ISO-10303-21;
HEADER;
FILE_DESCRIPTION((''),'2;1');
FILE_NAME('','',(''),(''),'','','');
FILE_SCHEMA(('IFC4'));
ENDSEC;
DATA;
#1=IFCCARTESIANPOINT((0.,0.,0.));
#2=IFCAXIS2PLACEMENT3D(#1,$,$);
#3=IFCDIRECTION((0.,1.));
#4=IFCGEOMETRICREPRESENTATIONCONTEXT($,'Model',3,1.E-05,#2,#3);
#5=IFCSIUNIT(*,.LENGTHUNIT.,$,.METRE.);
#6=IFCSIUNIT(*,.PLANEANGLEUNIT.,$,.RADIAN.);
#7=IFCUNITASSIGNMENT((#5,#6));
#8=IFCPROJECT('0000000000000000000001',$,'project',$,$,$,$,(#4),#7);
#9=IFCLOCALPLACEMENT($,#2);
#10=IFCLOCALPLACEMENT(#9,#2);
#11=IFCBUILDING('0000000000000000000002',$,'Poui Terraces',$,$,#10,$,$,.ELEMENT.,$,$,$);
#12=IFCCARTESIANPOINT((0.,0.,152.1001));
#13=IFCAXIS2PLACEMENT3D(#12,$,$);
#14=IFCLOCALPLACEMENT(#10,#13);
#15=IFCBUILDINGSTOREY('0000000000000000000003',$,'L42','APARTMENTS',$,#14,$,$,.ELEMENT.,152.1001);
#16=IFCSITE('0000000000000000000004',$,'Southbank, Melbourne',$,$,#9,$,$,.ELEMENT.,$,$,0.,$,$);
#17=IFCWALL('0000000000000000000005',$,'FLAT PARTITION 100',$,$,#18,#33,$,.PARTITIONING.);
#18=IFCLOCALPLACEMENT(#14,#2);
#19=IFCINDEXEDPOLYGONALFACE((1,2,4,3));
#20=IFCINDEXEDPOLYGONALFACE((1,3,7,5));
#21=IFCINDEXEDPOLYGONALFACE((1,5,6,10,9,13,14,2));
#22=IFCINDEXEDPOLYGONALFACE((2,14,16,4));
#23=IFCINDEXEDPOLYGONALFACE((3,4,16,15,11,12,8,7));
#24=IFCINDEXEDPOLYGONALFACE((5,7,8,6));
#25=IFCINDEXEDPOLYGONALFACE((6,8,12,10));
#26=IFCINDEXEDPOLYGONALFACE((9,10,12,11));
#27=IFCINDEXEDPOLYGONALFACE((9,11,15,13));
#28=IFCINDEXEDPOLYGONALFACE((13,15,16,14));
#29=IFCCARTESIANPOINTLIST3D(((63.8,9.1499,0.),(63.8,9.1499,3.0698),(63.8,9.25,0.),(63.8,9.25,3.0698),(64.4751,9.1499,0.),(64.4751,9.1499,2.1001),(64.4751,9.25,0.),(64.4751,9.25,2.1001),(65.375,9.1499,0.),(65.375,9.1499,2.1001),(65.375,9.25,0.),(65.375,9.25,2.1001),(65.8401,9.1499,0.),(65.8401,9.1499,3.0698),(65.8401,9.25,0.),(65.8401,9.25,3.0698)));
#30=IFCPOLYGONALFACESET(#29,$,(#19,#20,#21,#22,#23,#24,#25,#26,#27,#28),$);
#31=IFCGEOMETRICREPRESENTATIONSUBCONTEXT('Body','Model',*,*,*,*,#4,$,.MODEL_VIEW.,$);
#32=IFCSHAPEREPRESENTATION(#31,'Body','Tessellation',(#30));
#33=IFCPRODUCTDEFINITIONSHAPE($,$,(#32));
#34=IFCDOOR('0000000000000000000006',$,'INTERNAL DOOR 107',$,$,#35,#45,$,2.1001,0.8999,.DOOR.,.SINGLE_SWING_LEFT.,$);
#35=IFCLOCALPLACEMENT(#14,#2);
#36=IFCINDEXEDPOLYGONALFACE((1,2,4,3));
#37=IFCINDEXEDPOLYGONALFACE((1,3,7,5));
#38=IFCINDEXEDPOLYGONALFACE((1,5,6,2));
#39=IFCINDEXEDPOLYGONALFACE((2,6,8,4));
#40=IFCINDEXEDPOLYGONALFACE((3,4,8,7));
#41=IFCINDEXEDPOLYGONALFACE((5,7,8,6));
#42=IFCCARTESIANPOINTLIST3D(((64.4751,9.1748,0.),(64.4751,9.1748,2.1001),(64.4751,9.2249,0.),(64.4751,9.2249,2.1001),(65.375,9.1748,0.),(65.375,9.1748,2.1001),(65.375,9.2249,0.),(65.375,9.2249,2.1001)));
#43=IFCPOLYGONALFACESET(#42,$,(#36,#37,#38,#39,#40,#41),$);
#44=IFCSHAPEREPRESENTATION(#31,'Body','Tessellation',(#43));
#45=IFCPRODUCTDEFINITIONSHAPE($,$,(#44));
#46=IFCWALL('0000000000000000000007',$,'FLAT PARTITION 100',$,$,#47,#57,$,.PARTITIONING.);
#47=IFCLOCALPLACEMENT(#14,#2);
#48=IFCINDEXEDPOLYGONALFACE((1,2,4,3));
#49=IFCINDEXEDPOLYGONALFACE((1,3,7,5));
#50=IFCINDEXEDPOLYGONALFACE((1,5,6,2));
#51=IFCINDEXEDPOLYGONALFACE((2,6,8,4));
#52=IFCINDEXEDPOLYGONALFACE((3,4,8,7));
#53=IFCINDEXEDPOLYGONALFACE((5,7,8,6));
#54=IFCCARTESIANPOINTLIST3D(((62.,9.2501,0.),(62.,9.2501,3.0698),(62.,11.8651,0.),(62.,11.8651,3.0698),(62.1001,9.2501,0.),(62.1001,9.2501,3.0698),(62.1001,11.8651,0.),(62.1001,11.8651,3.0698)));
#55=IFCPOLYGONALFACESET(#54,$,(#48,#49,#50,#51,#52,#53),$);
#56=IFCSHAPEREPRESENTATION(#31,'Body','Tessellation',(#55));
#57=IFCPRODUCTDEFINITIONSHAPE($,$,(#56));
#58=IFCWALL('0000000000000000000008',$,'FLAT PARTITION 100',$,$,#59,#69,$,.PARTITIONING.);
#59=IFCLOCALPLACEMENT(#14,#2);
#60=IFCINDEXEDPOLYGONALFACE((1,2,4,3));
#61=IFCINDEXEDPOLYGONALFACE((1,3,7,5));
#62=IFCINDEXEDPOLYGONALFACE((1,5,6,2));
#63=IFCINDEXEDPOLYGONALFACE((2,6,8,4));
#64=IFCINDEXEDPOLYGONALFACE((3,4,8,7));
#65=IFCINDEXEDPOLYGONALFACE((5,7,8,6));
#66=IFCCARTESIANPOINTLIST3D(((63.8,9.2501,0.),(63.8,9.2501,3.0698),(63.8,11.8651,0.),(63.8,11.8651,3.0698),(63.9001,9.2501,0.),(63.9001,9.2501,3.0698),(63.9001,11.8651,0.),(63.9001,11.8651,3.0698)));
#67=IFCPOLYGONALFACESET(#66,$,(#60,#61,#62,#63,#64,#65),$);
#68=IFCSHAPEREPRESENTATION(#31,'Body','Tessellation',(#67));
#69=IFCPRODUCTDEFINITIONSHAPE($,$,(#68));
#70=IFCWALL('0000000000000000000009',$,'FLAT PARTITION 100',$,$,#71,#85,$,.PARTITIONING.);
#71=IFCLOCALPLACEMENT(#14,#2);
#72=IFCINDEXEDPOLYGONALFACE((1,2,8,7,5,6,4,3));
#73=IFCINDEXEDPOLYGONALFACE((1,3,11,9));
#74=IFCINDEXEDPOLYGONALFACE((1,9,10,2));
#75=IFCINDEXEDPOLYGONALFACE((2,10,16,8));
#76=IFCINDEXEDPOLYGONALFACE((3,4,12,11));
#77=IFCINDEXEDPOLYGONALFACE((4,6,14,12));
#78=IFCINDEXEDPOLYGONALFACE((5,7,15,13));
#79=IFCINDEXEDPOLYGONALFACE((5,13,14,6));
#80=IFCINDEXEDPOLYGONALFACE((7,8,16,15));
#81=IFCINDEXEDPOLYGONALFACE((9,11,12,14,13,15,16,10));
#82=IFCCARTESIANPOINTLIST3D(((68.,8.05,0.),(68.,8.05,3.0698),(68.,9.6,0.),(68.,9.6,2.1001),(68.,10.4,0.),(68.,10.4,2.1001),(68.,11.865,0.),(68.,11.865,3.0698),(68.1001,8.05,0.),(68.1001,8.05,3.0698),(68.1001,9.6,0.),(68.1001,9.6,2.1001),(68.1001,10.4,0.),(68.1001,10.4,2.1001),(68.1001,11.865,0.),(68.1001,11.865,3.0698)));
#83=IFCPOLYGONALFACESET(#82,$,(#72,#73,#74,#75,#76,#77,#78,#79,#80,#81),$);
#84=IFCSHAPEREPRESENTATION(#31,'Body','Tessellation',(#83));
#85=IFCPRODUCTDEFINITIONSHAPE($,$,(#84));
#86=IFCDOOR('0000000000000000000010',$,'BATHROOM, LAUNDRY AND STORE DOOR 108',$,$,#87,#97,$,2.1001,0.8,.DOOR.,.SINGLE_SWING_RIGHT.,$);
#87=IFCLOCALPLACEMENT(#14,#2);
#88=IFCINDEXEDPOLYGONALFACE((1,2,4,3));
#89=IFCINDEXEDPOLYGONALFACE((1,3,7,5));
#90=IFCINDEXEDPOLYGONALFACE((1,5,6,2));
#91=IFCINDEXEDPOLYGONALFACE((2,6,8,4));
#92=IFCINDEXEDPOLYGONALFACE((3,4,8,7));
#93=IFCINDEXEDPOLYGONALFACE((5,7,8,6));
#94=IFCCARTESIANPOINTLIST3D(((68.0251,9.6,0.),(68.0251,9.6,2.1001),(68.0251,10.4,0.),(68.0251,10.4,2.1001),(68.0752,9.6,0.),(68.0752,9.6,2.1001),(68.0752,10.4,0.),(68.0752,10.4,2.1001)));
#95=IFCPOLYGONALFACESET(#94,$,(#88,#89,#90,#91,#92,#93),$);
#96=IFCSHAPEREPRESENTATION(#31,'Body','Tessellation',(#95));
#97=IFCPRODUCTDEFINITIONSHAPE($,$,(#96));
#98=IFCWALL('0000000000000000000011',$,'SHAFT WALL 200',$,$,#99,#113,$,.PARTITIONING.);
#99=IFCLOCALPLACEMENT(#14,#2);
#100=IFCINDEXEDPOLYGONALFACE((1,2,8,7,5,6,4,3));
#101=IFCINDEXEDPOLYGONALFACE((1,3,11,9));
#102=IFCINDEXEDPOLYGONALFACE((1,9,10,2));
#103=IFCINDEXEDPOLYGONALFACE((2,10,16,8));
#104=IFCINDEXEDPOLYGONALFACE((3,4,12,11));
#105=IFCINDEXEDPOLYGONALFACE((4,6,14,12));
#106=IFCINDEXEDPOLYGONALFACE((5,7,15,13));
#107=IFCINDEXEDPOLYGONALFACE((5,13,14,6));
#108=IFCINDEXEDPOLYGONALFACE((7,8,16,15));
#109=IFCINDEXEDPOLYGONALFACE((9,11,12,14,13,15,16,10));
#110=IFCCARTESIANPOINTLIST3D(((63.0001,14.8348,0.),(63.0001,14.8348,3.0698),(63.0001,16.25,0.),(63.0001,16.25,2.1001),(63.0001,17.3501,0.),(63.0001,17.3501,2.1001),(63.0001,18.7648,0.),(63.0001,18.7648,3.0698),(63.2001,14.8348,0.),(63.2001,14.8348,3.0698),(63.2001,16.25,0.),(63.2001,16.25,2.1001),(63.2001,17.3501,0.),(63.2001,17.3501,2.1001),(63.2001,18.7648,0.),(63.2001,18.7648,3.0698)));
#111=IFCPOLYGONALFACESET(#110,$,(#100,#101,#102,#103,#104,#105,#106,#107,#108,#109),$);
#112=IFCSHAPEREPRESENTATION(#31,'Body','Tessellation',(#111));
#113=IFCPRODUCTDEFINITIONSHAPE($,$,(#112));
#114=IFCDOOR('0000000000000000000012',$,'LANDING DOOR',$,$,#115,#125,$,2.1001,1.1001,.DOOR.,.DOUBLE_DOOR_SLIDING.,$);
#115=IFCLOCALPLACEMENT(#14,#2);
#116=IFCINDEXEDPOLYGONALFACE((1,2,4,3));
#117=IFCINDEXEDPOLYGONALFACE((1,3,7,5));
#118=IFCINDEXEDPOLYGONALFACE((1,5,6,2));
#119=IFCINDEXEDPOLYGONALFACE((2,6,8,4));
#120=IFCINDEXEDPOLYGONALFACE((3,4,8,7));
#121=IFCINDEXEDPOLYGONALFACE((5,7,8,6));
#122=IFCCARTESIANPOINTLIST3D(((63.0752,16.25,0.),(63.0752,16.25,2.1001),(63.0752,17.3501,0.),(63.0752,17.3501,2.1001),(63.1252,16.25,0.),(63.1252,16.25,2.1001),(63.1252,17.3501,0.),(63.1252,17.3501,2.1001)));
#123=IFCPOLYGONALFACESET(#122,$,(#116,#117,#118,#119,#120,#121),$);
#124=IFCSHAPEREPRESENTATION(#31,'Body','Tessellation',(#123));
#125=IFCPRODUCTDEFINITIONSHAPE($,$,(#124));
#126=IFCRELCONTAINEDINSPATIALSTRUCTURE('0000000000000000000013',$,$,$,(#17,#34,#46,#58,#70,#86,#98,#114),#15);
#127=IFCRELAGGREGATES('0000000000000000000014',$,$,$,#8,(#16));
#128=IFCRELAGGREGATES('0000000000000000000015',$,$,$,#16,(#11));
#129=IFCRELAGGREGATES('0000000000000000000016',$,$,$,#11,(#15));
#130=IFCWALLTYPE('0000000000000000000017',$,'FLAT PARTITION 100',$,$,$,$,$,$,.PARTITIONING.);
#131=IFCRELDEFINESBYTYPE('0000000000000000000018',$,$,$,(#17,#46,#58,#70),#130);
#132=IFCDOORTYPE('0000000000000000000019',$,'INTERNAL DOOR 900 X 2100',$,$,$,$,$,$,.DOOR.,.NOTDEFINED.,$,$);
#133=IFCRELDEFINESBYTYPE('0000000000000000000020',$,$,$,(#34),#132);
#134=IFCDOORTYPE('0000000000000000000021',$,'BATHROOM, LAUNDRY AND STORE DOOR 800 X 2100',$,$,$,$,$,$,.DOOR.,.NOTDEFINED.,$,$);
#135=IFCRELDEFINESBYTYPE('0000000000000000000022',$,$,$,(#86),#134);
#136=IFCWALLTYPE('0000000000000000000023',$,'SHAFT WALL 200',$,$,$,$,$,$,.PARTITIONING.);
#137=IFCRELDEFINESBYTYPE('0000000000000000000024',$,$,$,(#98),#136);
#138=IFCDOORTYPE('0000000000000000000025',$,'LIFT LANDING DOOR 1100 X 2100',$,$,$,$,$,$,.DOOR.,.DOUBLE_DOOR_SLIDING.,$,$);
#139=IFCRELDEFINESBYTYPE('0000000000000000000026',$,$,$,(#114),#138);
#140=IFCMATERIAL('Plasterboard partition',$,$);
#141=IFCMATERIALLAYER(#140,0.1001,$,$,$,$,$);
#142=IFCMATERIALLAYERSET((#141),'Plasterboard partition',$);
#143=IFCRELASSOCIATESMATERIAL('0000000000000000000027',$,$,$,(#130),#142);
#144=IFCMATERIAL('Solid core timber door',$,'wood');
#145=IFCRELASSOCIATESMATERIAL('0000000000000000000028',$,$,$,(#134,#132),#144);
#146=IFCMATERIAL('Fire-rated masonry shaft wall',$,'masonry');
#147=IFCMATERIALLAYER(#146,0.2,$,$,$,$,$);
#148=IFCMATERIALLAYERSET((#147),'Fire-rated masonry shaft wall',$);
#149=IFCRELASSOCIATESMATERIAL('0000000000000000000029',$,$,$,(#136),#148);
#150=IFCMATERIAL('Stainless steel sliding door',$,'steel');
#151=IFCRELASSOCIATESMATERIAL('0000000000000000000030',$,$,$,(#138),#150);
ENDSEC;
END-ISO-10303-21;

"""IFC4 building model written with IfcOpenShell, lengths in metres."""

from ifc_helpers import new_model, si_unit, direction, frame, frame_2d, origin, place, context, subcontext, project, spatial, rectangle, extrude, material, layer, layer_set, type_object, element, fill, save


model = new_model("IFC4")

# Units and contexts
model_context = context("Model", 3, precision=1e-05, world=origin(), true_north=direction((0.0, 1.0)))
body_context = subcontext(model_context, "Body", "Model", "MODEL_VIEW")
ifc_project = project(units=[si_unit("LENGTHUNIT", "METRE"), si_unit("PLANEANGLEUNIT", "RADIAN")], contexts=[model_context])

# Site, building, storey
site_placement = place(None, origin())
site = spatial("IfcSite", under=ifc_project, at=site_placement, Name="Southbank, Melbourne", CompositionType="ELEMENT", RefElevation=0.0)
building_placement = place(site_placement, origin())
building = spatial("IfcBuilding", under=site, at=building_placement, Name="Poui Terraces", CompositionType="ELEMENT")
storey_placement = place(building_placement, frame((0.0, 0.0, 152.1001)))
storey = spatial("IfcBuildingStorey", under=building, at=storey_placement, Name="L42", Description="APARTMENTS", CompositionType="ELEMENT", Elevation=152.1001)

# Wall, opening, door
ifc_material_1 = material(Name="Plasterboard partition")
ifc_layer_1 = layer(ifc_material_1, 0.1001)
ifc_layer_set_1 = layer_set([ifc_layer_1], Name="Plasterboard partition")
wall_type_1 = type_object("IfcWallType", Name="FLAT PARTITION 100", PredefinedType="PARTITIONING", material=ifc_layer_set_1)
ifc_material_2 = material(Name="Solid core timber door", Category="wood")
door_type_1 = type_object("IfcDoorType", Name="BATHROOM, LAUNDRY AND STORE DOOR 800 X 2100", OperationType="NOTDEFINED", PredefinedType="DOOR", material=ifc_material_2)
wall_1_placement = place(storey_placement, frame((63.8, 9.2, 0.0), z_axis=(0.0, 0.0, 1.0), x_axis=(1.0, 0.0, 0.0)))
wall_1 = element("IfcWall", 1, at=wall_1_placement, inside=storey, type_object=wall_type_1, Name="FLAT PARTITION 100", PredefinedType="PARTITIONING", context=body_context, shape_type="SweptSolid", body=[
    extrude(rectangle(XDim=2.04, YDim=0.1001, at=frame_2d((1.02, 0.0))), origin(), (0.0, 0.0, 1.0), 3.0698),
])
opening_1_placement = place(wall_1_placement, frame((0.675, 0.0, 0.0)))
opening_1 = element("IfcOpeningElement", 2, at=opening_1_placement, cuts=wall_1, PredefinedType="OPENING", context=body_context, shape_type="SweptSolid", body=[
    extrude(rectangle(XDim=0.8999, YDim=2.1001, at=frame_2d((0.45, 1.05))), frame((0.0, 0.0601, 0.0), z_axis=(0.0, -1.0, 0.0), x_axis=(1.0, 0.0, 0.0)), (0.0, 0.0, 1.0), 0.1201),
])
door_type_2 = type_object("IfcDoorType", Name="INTERNAL DOOR 900 X 2100", OperationType="NOTDEFINED", PredefinedType="DOOR", material=ifc_material_2)
door_1_placement = place(opening_1_placement, origin())
door_1 = element("IfcDoor", 3, at=door_1_placement, inside=storey, type_object=door_type_2, Name="INTERNAL DOOR 107", OperationType="SINGLE_SWING_LEFT", OverallHeight=2.1001, OverallWidth=0.8999, PredefinedType="DOOR", context=body_context, shape_type="SweptSolid", body=[
    extrude(rectangle(XDim=0.8999, YDim=2.1001, at=frame_2d((0.45, 1.05))), frame((0.0, 0.0249, 0.0), z_axis=(0.0, -1.0, 0.0), x_axis=(1.0, 0.0, 0.0)), (0.0, 0.0, 1.0), 0.05),
])
fill(opening_1, door_1)

# Walls
for number, where, z_axis, x_axis, name in (
    (4, (62.05, 9.25, 0.0), (0.0, 0.0, 1.0), (0.0, 1.0, 0.0), "FLAT PARTITION 100"),
    (5, (63.8501, 9.25, 0.0), (0.0, 0.0, 1.0), (0.0, 1.0, 0.0), "FLAT PARTITION 100"),
):
    element("IfcWall", number, at=place(storey_placement, frame(where, z_axis=z_axis, x_axis=x_axis)), inside=storey, type_object=wall_type_1, Name=name, PredefinedType="PARTITIONING", context=body_context, shape_type="SweptSolid", body=[
        extrude(rectangle(XDim=2.615, YDim=0.1001, at=frame_2d((1.3076, 0.0))), origin(), (0.0, 0.0, 1.0), 3.0698),
    ])

# Wall, opening, door
wall_2_placement = place(storey_placement, frame((68.05, 8.05, 0.0), z_axis=(0.0, 0.0, 1.0), x_axis=(0.0, 1.0, 0.0)))
wall_2 = element("IfcWall", 6, at=wall_2_placement, inside=storey, type_object=wall_type_1, Name="FLAT PARTITION 100", PredefinedType="PARTITIONING", context=body_context, shape_type="SweptSolid", body=[
    extrude(rectangle(XDim=3.8149, YDim=0.1001, at=frame_2d((1.9075, 0.0))), origin(), (0.0, 0.0, 1.0), 3.0698),
])
opening_2_placement = place(wall_2_placement, frame((1.55, 0.0, 0.0)))
opening_2 = element("IfcOpeningElement", 7, at=opening_2_placement, cuts=wall_2, PredefinedType="OPENING", context=body_context, shape_type="SweptSolid", body=[
    extrude(rectangle(XDim=0.8, YDim=2.1001, at=frame_2d((0.3999, 1.05))), frame((0.0, 0.0601, 0.0), z_axis=(0.0, -1.0, 0.0), x_axis=(1.0, 0.0, 0.0)), (0.0, 0.0, 1.0), 0.1201),
])
door_2_placement = place(opening_2_placement, origin())
door_2 = element("IfcDoor", 8, at=door_2_placement, inside=storey, type_object=door_type_1, Name="BATHROOM, LAUNDRY AND STORE DOOR 108", OperationType="SINGLE_SWING_RIGHT", OverallHeight=2.1001, OverallWidth=0.8, PredefinedType="DOOR", context=body_context, shape_type="SweptSolid", body=[
    extrude(rectangle(XDim=0.8, YDim=2.1001, at=frame_2d((0.3999, 1.05))), frame((0.0, 0.0249, 0.0), z_axis=(0.0, -1.0, 0.0), x_axis=(1.0, 0.0, 0.0)), (0.0, 0.0, 1.0), 0.05),
])
fill(opening_2, door_2)

# Shared definitions
ifc_material_3 = material(Name="Fire-rated masonry shaft wall", Category="masonry")
ifc_layer_2 = layer(ifc_material_3, 0.2)
ifc_layer_set_2 = layer_set([ifc_layer_2], Name="Fire-rated masonry shaft wall")
wall_type_2 = type_object("IfcWallType", Name="SHAFT WALL 200", PredefinedType="PARTITIONING", material=ifc_layer_set_2)

# Wall, opening, door
wall_3_placement = place(storey_placement, frame((63.1001, 14.835, 0.0), z_axis=(0.0, 0.0, 1.0), x_axis=(0.0, 1.0, 0.0)))
wall_3 = element("IfcWall", 9, at=wall_3_placement, inside=storey, type_object=wall_type_2, Name="SHAFT WALL 200", PredefinedType="PARTITIONING", context=body_context, shape_type="SweptSolid", body=[
    extrude(rectangle(XDim=3.9299, YDim=0.2, at=frame_2d((1.9648, 0.0))), origin(), (0.0, 0.0, 1.0), 3.0698),
])
opening_3_placement = place(wall_3_placement, frame((1.415, 0.0, 0.0)))
opening_3 = element("IfcOpeningElement", 10, at=opening_3_placement, cuts=wall_3, PredefinedType="OPENING", context=body_context, shape_type="SweptSolid", body=[
    extrude(rectangle(XDim=1.1001, YDim=2.1001, at=frame_2d((0.55, 1.05))), frame((0.0, 0.1099, 0.0), z_axis=(0.0, -1.0, 0.0), x_axis=(1.0, 0.0, 0.0)), (0.0, 0.0, 1.0), 0.22),
])
ifc_material_4 = material(Name="Stainless steel sliding door", Category="steel")
door_type_3 = type_object("IfcDoorType", Name="LIFT LANDING DOOR 1100 X 2100", OperationType="DOUBLE_DOOR_SLIDING", PredefinedType="DOOR", material=ifc_material_4)
door_3_placement = place(opening_3_placement, origin())
door_3 = element("IfcDoor", 11, at=door_3_placement, inside=storey, type_object=door_type_3, Name="LANDING DOOR", OperationType="DOUBLE_DOOR_SLIDING", OverallHeight=2.1001, OverallWidth=1.1001, PredefinedType="DOOR", context=body_context, shape_type="SweptSolid", body=[
    extrude(rectangle(XDim=1.1001, YDim=2.1001, at=frame_2d((0.55, 1.05))), frame((0.0, 0.0249, 0.0), z_axis=(0.0, -1.0, 0.0), x_axis=(1.0, 0.0, 0.0)), (0.0, 0.0, 1.0), 0.05),
])
fill(opening_3, door_3)

save(model, "model.ifc")
